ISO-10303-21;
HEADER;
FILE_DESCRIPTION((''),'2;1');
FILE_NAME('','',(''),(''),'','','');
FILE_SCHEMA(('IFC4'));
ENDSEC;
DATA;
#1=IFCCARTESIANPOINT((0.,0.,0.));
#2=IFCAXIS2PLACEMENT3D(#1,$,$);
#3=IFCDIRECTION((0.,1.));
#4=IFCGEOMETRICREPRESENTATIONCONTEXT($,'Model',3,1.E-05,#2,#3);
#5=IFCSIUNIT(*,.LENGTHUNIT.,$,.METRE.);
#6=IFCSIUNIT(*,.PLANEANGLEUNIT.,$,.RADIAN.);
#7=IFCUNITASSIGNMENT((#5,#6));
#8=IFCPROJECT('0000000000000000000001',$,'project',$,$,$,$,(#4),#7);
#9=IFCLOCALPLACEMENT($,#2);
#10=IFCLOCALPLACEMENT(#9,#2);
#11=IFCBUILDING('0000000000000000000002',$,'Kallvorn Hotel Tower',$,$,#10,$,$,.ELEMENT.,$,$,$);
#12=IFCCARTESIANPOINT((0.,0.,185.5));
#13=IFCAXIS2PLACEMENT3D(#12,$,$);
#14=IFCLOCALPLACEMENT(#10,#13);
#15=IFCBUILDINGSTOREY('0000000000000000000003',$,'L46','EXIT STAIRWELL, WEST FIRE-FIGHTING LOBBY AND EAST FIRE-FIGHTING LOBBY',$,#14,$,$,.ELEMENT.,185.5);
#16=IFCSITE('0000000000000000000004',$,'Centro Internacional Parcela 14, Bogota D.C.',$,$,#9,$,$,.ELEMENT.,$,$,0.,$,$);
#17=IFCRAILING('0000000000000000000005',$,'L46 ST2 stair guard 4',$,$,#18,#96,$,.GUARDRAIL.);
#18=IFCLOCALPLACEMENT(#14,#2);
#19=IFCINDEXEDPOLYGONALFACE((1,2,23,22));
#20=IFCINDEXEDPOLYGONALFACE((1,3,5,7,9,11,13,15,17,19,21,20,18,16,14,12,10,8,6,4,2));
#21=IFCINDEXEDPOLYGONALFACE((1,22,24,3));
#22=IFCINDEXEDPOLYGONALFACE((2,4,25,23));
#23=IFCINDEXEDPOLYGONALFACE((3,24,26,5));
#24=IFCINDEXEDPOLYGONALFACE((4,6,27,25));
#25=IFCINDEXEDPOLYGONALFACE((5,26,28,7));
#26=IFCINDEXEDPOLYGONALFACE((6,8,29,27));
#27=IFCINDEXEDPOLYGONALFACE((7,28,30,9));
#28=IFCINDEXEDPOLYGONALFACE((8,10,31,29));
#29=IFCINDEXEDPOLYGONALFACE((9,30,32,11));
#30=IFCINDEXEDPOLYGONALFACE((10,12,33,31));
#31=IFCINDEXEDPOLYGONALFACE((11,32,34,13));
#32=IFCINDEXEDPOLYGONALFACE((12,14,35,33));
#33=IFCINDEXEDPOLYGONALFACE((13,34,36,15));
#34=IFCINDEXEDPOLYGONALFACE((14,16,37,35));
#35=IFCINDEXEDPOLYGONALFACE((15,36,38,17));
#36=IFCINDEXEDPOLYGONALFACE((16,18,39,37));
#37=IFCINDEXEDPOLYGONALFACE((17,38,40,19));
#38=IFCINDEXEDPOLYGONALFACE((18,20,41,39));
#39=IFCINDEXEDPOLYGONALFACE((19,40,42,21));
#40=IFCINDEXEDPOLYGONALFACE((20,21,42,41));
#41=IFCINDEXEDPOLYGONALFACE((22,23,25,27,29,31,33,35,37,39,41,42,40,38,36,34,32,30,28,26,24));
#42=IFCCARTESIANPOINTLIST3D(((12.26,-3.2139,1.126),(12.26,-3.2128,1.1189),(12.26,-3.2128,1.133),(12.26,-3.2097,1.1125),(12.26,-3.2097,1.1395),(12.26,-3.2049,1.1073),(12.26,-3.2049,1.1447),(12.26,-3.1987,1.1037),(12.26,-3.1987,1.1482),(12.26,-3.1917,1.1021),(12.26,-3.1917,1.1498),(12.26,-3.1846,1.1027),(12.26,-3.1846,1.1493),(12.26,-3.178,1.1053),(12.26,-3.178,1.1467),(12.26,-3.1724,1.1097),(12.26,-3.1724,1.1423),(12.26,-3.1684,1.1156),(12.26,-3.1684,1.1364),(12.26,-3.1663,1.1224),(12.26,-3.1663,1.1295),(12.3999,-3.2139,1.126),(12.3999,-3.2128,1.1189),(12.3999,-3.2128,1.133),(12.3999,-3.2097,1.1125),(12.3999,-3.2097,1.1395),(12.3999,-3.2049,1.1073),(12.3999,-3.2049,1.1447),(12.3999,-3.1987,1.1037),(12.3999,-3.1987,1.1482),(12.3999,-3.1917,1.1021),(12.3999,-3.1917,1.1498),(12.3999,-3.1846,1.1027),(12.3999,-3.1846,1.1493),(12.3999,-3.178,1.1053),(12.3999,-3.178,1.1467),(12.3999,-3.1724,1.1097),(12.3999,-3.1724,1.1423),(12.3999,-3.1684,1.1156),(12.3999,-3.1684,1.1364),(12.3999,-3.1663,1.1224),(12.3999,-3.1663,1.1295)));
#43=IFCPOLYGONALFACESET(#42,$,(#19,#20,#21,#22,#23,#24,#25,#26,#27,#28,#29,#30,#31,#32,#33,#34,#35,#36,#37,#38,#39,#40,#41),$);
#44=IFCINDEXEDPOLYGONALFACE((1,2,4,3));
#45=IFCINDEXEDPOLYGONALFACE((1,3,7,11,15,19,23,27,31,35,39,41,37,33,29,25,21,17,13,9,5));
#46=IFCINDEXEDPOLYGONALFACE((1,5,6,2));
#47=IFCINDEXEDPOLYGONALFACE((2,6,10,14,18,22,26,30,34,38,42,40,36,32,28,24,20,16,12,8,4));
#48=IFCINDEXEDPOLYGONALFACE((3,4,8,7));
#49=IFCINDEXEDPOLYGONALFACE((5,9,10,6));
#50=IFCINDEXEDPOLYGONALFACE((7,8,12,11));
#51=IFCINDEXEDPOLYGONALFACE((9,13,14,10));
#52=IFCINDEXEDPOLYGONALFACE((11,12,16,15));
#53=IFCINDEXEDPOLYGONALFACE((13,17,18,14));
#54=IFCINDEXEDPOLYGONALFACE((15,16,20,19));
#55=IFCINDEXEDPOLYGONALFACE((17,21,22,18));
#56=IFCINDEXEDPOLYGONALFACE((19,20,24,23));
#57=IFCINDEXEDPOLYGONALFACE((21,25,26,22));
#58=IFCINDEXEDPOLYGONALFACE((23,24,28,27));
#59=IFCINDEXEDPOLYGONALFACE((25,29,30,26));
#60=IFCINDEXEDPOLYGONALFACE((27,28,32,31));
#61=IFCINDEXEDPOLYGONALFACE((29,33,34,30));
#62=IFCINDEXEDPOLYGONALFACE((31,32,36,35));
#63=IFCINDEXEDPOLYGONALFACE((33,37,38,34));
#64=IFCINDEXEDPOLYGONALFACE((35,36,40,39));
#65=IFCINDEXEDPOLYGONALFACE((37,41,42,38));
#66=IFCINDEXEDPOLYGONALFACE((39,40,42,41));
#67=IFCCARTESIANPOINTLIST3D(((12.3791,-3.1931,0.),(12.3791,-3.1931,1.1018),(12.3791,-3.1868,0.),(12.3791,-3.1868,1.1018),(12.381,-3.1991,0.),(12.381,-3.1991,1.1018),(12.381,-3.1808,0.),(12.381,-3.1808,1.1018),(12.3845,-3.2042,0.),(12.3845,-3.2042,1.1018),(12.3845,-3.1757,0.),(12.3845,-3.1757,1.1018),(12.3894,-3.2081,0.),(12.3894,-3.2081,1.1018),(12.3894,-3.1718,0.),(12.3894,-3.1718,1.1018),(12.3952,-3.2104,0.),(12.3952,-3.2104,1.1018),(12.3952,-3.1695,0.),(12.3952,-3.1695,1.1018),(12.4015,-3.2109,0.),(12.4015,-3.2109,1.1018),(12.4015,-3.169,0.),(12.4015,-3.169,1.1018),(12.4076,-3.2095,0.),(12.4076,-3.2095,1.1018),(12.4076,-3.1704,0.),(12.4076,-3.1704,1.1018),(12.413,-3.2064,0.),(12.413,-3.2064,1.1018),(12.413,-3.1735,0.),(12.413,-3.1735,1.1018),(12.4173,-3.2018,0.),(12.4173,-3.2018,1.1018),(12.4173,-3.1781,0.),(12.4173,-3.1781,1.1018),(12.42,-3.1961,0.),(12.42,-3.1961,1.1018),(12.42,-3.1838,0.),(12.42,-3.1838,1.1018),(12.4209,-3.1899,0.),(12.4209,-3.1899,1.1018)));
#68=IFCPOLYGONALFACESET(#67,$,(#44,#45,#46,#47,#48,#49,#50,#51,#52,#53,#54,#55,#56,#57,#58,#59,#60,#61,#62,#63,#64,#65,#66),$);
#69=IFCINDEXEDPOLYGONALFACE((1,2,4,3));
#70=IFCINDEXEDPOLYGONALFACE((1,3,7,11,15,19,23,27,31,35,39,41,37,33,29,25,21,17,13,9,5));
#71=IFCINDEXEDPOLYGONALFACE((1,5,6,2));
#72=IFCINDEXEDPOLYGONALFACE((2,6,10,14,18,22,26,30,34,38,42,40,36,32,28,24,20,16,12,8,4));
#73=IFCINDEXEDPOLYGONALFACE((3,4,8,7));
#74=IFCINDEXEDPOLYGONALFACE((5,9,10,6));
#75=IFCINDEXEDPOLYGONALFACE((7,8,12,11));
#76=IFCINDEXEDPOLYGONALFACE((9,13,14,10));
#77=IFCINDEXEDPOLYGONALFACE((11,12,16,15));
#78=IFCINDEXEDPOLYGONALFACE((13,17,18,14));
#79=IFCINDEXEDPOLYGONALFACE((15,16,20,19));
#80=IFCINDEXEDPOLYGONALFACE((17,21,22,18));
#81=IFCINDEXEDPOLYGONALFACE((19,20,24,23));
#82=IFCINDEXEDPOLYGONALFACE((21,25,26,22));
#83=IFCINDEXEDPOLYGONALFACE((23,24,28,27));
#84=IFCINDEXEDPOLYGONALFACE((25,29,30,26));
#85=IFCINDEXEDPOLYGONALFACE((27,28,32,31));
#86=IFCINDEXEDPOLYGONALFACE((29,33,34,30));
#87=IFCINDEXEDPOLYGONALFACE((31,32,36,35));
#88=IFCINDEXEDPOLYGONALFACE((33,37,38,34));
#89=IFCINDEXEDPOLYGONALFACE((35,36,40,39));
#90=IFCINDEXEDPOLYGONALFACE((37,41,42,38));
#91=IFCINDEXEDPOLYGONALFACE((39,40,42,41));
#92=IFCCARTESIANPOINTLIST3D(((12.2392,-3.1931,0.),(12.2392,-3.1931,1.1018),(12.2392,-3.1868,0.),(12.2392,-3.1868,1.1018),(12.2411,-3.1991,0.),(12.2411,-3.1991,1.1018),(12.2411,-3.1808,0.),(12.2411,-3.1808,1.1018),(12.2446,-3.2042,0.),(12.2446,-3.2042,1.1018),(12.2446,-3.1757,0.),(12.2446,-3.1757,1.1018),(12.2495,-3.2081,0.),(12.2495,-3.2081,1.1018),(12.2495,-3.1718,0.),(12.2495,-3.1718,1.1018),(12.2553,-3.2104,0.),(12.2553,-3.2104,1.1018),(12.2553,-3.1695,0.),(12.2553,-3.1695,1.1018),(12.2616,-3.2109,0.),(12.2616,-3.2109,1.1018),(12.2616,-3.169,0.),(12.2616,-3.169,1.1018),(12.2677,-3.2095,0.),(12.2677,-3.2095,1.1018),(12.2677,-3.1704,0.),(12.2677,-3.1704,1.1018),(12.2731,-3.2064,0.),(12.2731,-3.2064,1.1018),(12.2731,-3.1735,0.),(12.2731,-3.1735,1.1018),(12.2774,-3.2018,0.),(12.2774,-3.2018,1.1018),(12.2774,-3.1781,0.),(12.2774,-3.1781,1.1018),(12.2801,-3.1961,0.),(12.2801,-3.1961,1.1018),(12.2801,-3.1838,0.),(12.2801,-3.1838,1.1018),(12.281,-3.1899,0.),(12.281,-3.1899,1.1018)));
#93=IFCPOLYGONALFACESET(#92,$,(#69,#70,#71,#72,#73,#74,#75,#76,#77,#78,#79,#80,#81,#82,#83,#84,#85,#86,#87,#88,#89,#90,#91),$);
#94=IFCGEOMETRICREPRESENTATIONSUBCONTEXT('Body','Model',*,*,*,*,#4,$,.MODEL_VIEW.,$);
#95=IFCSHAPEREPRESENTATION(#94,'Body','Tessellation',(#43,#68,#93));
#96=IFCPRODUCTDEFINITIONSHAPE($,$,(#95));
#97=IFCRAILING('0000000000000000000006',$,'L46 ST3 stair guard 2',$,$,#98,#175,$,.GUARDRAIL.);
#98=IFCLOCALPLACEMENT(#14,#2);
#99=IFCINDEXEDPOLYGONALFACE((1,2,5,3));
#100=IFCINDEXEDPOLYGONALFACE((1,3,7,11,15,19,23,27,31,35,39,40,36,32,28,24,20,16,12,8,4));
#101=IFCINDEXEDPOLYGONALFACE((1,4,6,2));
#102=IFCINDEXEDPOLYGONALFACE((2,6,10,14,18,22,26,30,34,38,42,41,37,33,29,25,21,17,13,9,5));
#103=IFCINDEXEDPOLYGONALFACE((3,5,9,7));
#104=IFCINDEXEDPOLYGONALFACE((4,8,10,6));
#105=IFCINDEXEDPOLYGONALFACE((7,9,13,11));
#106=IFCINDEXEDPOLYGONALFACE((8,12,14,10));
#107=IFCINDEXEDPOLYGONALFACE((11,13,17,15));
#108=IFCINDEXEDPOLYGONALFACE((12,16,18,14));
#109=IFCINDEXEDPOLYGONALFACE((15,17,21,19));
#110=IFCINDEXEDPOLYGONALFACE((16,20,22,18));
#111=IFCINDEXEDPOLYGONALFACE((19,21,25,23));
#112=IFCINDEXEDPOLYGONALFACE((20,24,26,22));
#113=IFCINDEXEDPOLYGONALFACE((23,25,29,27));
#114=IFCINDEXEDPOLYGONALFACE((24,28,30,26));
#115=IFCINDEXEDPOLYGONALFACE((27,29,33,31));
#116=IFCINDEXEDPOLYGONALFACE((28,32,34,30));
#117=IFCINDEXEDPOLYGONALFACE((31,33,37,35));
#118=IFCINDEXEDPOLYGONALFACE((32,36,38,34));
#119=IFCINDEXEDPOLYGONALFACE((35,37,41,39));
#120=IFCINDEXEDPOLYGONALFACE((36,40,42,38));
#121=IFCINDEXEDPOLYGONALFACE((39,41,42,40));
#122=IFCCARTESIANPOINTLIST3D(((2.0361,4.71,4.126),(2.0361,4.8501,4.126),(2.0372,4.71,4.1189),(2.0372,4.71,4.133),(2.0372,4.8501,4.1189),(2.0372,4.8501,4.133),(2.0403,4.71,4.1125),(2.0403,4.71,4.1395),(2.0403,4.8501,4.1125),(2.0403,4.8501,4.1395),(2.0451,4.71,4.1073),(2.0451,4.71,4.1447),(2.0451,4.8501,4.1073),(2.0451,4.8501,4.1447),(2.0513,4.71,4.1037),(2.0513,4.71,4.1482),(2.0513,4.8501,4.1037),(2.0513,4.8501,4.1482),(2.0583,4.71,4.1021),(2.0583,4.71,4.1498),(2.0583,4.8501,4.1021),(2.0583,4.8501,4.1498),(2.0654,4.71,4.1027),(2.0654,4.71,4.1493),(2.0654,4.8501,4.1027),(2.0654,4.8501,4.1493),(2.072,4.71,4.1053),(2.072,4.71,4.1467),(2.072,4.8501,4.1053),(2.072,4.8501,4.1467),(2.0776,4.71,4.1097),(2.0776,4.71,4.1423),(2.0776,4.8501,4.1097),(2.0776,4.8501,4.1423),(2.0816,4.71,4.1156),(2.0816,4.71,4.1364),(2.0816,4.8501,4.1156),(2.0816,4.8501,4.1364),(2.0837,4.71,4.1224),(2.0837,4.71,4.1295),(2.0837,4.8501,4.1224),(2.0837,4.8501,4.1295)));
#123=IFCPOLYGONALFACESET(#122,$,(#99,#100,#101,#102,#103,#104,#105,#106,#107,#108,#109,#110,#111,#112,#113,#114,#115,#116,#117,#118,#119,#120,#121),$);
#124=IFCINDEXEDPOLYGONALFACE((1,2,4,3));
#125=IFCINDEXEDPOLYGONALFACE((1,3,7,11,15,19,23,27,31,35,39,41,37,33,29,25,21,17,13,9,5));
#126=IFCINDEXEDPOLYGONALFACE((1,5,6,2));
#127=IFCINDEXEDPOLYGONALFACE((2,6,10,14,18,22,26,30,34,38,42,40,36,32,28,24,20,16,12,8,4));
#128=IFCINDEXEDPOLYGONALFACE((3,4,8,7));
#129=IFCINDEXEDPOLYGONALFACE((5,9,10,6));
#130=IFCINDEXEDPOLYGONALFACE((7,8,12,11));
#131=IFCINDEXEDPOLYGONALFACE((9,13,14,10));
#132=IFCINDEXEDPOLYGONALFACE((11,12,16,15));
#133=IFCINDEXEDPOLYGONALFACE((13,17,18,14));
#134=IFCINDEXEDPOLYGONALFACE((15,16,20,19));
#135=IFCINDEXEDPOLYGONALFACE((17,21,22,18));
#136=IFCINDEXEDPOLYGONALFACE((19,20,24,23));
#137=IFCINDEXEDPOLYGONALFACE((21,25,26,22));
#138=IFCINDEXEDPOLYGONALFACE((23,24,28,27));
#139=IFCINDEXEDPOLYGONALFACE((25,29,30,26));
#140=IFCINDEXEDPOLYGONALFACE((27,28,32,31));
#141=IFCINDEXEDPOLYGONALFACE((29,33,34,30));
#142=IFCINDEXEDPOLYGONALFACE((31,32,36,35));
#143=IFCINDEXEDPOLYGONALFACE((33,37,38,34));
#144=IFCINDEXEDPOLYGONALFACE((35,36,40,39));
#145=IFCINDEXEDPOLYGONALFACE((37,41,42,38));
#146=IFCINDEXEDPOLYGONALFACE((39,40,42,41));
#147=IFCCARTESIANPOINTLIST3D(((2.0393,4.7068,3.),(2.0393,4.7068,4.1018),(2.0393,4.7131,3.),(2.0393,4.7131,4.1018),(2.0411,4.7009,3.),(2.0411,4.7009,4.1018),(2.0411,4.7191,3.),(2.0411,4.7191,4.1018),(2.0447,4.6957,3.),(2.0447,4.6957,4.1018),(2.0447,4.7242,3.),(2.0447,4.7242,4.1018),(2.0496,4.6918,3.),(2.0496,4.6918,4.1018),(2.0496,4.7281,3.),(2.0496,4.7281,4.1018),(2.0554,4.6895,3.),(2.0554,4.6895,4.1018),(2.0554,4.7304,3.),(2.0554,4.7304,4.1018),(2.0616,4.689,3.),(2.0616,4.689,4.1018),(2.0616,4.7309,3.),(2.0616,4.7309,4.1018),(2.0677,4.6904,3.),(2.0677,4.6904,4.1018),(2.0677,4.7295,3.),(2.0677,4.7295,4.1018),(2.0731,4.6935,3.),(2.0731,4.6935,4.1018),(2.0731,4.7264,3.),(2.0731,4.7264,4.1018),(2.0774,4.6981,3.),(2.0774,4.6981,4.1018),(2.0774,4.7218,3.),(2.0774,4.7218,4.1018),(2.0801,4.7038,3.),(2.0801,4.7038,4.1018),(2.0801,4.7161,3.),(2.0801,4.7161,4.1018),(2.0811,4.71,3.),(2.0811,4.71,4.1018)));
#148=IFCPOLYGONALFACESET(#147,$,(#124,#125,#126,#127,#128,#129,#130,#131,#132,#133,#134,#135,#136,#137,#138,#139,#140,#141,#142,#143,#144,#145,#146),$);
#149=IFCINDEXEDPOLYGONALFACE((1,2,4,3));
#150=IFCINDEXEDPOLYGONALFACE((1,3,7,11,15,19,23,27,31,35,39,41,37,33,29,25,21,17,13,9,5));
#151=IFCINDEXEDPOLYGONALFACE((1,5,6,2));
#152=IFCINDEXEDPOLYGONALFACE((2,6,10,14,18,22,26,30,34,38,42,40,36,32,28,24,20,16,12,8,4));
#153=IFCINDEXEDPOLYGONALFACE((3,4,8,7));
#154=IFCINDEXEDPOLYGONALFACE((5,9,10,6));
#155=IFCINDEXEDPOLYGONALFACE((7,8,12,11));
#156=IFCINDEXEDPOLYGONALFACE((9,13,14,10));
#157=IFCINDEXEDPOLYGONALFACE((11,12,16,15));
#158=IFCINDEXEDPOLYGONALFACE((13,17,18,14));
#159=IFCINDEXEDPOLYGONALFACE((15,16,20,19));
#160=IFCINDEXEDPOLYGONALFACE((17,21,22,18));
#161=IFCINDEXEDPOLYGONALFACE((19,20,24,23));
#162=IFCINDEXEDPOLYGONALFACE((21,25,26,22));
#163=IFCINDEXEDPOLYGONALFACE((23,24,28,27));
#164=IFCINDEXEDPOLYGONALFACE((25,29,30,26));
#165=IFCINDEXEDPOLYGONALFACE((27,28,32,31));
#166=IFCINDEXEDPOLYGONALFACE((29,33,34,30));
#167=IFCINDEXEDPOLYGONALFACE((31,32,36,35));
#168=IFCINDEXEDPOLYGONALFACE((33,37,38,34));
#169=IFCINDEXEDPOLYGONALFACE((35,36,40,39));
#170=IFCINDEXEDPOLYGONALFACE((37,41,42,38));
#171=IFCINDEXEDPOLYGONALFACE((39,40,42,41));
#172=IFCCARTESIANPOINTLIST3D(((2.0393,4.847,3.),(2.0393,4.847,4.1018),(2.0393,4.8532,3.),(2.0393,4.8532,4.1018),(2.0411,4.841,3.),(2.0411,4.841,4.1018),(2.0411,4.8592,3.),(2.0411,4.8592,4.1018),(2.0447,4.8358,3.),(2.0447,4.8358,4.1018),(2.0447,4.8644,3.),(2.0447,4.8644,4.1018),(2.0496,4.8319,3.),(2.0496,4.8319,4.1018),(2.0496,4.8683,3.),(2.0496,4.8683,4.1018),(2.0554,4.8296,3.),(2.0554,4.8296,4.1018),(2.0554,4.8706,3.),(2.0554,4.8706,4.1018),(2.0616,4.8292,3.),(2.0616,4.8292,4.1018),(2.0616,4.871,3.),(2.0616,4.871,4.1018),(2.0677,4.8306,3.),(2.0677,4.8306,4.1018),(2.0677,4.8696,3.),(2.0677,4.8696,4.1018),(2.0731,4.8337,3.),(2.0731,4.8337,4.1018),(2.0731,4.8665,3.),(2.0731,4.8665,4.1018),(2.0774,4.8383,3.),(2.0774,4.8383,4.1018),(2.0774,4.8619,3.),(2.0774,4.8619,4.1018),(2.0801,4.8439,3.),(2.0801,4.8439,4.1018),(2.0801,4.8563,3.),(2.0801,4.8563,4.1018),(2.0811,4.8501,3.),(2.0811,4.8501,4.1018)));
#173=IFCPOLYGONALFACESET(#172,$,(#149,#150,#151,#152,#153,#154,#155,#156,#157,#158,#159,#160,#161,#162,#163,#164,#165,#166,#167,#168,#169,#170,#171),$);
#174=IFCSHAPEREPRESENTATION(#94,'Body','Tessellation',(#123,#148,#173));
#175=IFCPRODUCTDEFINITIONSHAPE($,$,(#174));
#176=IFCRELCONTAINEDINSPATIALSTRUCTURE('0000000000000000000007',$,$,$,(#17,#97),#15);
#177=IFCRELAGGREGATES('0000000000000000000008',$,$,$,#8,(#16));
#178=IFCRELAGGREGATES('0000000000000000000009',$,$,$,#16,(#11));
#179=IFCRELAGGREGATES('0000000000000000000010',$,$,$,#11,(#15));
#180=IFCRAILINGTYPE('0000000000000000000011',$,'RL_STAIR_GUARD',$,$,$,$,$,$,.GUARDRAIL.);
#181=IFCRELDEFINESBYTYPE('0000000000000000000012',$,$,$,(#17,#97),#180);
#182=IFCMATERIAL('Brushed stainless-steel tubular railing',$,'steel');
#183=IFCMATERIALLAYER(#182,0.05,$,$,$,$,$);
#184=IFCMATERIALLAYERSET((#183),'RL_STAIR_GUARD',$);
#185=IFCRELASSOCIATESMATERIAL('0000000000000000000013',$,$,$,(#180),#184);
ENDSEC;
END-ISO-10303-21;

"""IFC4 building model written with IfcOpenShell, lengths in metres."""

from ifc_helpers import new_model, si_unit, direction, frame, origin, origin_2d, place, context, subcontext, project, spatial, circle, extrude, material, layer, layer_set, type_object, element, save


model = new_model("IFC4")

# Units and contexts
model_context = context("Model", 3, precision=1e-05, world=origin(), true_north=direction((0.0, 1.0)))
body_context = subcontext(model_context, "Body", "Model", "MODEL_VIEW")
ifc_project = project(units=[si_unit("LENGTHUNIT", "METRE"), si_unit("PLANEANGLEUNIT", "RADIAN")], contexts=[model_context])

# Site, building, storey
site_placement = place(None, origin())
site = spatial("IfcSite", under=ifc_project, at=site_placement, Name="Centro Internacional Parcela 14, Bogota D.C.", CompositionType="ELEMENT", RefElevation=0.0)
building_placement = place(site_placement, origin())
building = spatial("IfcBuilding", under=site, at=building_placement, Name="Kallvorn Hotel Tower", CompositionType="ELEMENT")
storey_placement = place(building_placement, frame((0.0, 0.0, 185.5)))
storey = spatial("IfcBuildingStorey", under=building, at=storey_placement, Name="L46", Description="EXIT STAIRWELL, WEST FIRE-FIGHTING LOBBY AND EAST FIRE-FIGHTING LOBBY", CompositionType="ELEMENT", Elevation=185.5)

# Railings
ifc_material_1 = material(Name="Brushed stainless-steel tubular railing", Category="steel")
ifc_layer_1 = layer(ifc_material_1, 0.05)
ifc_layer_set_1 = layer_set([ifc_layer_1], Name="RL_STAIR_GUARD")
railing_type_1 = type_object("IfcRailingType", Name="RL_STAIR_GUARD", PredefinedType="GUARDRAIL", material=ifc_layer_set_1)
railing_1_placement = place(storey_placement, frame((12.3999, -3.1899, 0.0)))
element("IfcRailing", 1, at=railing_1_placement, inside=storey, type_object=railing_type_1, Name="L46 ST2 stair guard 4", PredefinedType="GUARDRAIL", context=body_context, shape_type="SweptSolid", body=[
    extrude(circle(Radius=0.0239, at=origin_2d()), frame((0.0, 0.0, 1.126), z_axis=(-1.0, 0.0, 0.0), x_axis=(0.0, -1.0, 0.0)), (0.0, 0.0, 1.0), 0.1399),
    extrude(circle(Radius=0.021, at=origin_2d()), origin(), (0.0, 0.0, 1.0), 1.1018),
    extrude(circle(Radius=0.021, at=origin_2d()), frame((-0.1399, 0.0, 0.0)), (0.0, 0.0, 1.0), 1.1018),
])
railing_2_placement = place(storey_placement, frame((2.0601, 4.71, 3.0)))
element("IfcRailing", 2, at=railing_2_placement, inside=storey, type_object=railing_type_1, Name="L46 ST3 stair guard 2", PredefinedType="GUARDRAIL", context=body_context, shape_type="SweptSolid", body=[
    extrude(circle(Radius=0.0239, at=origin_2d()), frame((0.0, 0.0, 1.126), z_axis=(0.0, 1.0, 0.0), x_axis=(-1.0, 0.0, 0.0)), (0.0, 0.0, 1.0), 0.1401),
    extrude(circle(Radius=0.021, at=origin_2d()), origin(), (0.0, 0.0, 1.0), 1.1018),
    extrude(circle(Radius=0.021, at=origin_2d()), frame((0.0, 0.1401, 0.0)), (0.0, 0.0, 1.0), 1.1018),
])

save(model, "model.ifc")
